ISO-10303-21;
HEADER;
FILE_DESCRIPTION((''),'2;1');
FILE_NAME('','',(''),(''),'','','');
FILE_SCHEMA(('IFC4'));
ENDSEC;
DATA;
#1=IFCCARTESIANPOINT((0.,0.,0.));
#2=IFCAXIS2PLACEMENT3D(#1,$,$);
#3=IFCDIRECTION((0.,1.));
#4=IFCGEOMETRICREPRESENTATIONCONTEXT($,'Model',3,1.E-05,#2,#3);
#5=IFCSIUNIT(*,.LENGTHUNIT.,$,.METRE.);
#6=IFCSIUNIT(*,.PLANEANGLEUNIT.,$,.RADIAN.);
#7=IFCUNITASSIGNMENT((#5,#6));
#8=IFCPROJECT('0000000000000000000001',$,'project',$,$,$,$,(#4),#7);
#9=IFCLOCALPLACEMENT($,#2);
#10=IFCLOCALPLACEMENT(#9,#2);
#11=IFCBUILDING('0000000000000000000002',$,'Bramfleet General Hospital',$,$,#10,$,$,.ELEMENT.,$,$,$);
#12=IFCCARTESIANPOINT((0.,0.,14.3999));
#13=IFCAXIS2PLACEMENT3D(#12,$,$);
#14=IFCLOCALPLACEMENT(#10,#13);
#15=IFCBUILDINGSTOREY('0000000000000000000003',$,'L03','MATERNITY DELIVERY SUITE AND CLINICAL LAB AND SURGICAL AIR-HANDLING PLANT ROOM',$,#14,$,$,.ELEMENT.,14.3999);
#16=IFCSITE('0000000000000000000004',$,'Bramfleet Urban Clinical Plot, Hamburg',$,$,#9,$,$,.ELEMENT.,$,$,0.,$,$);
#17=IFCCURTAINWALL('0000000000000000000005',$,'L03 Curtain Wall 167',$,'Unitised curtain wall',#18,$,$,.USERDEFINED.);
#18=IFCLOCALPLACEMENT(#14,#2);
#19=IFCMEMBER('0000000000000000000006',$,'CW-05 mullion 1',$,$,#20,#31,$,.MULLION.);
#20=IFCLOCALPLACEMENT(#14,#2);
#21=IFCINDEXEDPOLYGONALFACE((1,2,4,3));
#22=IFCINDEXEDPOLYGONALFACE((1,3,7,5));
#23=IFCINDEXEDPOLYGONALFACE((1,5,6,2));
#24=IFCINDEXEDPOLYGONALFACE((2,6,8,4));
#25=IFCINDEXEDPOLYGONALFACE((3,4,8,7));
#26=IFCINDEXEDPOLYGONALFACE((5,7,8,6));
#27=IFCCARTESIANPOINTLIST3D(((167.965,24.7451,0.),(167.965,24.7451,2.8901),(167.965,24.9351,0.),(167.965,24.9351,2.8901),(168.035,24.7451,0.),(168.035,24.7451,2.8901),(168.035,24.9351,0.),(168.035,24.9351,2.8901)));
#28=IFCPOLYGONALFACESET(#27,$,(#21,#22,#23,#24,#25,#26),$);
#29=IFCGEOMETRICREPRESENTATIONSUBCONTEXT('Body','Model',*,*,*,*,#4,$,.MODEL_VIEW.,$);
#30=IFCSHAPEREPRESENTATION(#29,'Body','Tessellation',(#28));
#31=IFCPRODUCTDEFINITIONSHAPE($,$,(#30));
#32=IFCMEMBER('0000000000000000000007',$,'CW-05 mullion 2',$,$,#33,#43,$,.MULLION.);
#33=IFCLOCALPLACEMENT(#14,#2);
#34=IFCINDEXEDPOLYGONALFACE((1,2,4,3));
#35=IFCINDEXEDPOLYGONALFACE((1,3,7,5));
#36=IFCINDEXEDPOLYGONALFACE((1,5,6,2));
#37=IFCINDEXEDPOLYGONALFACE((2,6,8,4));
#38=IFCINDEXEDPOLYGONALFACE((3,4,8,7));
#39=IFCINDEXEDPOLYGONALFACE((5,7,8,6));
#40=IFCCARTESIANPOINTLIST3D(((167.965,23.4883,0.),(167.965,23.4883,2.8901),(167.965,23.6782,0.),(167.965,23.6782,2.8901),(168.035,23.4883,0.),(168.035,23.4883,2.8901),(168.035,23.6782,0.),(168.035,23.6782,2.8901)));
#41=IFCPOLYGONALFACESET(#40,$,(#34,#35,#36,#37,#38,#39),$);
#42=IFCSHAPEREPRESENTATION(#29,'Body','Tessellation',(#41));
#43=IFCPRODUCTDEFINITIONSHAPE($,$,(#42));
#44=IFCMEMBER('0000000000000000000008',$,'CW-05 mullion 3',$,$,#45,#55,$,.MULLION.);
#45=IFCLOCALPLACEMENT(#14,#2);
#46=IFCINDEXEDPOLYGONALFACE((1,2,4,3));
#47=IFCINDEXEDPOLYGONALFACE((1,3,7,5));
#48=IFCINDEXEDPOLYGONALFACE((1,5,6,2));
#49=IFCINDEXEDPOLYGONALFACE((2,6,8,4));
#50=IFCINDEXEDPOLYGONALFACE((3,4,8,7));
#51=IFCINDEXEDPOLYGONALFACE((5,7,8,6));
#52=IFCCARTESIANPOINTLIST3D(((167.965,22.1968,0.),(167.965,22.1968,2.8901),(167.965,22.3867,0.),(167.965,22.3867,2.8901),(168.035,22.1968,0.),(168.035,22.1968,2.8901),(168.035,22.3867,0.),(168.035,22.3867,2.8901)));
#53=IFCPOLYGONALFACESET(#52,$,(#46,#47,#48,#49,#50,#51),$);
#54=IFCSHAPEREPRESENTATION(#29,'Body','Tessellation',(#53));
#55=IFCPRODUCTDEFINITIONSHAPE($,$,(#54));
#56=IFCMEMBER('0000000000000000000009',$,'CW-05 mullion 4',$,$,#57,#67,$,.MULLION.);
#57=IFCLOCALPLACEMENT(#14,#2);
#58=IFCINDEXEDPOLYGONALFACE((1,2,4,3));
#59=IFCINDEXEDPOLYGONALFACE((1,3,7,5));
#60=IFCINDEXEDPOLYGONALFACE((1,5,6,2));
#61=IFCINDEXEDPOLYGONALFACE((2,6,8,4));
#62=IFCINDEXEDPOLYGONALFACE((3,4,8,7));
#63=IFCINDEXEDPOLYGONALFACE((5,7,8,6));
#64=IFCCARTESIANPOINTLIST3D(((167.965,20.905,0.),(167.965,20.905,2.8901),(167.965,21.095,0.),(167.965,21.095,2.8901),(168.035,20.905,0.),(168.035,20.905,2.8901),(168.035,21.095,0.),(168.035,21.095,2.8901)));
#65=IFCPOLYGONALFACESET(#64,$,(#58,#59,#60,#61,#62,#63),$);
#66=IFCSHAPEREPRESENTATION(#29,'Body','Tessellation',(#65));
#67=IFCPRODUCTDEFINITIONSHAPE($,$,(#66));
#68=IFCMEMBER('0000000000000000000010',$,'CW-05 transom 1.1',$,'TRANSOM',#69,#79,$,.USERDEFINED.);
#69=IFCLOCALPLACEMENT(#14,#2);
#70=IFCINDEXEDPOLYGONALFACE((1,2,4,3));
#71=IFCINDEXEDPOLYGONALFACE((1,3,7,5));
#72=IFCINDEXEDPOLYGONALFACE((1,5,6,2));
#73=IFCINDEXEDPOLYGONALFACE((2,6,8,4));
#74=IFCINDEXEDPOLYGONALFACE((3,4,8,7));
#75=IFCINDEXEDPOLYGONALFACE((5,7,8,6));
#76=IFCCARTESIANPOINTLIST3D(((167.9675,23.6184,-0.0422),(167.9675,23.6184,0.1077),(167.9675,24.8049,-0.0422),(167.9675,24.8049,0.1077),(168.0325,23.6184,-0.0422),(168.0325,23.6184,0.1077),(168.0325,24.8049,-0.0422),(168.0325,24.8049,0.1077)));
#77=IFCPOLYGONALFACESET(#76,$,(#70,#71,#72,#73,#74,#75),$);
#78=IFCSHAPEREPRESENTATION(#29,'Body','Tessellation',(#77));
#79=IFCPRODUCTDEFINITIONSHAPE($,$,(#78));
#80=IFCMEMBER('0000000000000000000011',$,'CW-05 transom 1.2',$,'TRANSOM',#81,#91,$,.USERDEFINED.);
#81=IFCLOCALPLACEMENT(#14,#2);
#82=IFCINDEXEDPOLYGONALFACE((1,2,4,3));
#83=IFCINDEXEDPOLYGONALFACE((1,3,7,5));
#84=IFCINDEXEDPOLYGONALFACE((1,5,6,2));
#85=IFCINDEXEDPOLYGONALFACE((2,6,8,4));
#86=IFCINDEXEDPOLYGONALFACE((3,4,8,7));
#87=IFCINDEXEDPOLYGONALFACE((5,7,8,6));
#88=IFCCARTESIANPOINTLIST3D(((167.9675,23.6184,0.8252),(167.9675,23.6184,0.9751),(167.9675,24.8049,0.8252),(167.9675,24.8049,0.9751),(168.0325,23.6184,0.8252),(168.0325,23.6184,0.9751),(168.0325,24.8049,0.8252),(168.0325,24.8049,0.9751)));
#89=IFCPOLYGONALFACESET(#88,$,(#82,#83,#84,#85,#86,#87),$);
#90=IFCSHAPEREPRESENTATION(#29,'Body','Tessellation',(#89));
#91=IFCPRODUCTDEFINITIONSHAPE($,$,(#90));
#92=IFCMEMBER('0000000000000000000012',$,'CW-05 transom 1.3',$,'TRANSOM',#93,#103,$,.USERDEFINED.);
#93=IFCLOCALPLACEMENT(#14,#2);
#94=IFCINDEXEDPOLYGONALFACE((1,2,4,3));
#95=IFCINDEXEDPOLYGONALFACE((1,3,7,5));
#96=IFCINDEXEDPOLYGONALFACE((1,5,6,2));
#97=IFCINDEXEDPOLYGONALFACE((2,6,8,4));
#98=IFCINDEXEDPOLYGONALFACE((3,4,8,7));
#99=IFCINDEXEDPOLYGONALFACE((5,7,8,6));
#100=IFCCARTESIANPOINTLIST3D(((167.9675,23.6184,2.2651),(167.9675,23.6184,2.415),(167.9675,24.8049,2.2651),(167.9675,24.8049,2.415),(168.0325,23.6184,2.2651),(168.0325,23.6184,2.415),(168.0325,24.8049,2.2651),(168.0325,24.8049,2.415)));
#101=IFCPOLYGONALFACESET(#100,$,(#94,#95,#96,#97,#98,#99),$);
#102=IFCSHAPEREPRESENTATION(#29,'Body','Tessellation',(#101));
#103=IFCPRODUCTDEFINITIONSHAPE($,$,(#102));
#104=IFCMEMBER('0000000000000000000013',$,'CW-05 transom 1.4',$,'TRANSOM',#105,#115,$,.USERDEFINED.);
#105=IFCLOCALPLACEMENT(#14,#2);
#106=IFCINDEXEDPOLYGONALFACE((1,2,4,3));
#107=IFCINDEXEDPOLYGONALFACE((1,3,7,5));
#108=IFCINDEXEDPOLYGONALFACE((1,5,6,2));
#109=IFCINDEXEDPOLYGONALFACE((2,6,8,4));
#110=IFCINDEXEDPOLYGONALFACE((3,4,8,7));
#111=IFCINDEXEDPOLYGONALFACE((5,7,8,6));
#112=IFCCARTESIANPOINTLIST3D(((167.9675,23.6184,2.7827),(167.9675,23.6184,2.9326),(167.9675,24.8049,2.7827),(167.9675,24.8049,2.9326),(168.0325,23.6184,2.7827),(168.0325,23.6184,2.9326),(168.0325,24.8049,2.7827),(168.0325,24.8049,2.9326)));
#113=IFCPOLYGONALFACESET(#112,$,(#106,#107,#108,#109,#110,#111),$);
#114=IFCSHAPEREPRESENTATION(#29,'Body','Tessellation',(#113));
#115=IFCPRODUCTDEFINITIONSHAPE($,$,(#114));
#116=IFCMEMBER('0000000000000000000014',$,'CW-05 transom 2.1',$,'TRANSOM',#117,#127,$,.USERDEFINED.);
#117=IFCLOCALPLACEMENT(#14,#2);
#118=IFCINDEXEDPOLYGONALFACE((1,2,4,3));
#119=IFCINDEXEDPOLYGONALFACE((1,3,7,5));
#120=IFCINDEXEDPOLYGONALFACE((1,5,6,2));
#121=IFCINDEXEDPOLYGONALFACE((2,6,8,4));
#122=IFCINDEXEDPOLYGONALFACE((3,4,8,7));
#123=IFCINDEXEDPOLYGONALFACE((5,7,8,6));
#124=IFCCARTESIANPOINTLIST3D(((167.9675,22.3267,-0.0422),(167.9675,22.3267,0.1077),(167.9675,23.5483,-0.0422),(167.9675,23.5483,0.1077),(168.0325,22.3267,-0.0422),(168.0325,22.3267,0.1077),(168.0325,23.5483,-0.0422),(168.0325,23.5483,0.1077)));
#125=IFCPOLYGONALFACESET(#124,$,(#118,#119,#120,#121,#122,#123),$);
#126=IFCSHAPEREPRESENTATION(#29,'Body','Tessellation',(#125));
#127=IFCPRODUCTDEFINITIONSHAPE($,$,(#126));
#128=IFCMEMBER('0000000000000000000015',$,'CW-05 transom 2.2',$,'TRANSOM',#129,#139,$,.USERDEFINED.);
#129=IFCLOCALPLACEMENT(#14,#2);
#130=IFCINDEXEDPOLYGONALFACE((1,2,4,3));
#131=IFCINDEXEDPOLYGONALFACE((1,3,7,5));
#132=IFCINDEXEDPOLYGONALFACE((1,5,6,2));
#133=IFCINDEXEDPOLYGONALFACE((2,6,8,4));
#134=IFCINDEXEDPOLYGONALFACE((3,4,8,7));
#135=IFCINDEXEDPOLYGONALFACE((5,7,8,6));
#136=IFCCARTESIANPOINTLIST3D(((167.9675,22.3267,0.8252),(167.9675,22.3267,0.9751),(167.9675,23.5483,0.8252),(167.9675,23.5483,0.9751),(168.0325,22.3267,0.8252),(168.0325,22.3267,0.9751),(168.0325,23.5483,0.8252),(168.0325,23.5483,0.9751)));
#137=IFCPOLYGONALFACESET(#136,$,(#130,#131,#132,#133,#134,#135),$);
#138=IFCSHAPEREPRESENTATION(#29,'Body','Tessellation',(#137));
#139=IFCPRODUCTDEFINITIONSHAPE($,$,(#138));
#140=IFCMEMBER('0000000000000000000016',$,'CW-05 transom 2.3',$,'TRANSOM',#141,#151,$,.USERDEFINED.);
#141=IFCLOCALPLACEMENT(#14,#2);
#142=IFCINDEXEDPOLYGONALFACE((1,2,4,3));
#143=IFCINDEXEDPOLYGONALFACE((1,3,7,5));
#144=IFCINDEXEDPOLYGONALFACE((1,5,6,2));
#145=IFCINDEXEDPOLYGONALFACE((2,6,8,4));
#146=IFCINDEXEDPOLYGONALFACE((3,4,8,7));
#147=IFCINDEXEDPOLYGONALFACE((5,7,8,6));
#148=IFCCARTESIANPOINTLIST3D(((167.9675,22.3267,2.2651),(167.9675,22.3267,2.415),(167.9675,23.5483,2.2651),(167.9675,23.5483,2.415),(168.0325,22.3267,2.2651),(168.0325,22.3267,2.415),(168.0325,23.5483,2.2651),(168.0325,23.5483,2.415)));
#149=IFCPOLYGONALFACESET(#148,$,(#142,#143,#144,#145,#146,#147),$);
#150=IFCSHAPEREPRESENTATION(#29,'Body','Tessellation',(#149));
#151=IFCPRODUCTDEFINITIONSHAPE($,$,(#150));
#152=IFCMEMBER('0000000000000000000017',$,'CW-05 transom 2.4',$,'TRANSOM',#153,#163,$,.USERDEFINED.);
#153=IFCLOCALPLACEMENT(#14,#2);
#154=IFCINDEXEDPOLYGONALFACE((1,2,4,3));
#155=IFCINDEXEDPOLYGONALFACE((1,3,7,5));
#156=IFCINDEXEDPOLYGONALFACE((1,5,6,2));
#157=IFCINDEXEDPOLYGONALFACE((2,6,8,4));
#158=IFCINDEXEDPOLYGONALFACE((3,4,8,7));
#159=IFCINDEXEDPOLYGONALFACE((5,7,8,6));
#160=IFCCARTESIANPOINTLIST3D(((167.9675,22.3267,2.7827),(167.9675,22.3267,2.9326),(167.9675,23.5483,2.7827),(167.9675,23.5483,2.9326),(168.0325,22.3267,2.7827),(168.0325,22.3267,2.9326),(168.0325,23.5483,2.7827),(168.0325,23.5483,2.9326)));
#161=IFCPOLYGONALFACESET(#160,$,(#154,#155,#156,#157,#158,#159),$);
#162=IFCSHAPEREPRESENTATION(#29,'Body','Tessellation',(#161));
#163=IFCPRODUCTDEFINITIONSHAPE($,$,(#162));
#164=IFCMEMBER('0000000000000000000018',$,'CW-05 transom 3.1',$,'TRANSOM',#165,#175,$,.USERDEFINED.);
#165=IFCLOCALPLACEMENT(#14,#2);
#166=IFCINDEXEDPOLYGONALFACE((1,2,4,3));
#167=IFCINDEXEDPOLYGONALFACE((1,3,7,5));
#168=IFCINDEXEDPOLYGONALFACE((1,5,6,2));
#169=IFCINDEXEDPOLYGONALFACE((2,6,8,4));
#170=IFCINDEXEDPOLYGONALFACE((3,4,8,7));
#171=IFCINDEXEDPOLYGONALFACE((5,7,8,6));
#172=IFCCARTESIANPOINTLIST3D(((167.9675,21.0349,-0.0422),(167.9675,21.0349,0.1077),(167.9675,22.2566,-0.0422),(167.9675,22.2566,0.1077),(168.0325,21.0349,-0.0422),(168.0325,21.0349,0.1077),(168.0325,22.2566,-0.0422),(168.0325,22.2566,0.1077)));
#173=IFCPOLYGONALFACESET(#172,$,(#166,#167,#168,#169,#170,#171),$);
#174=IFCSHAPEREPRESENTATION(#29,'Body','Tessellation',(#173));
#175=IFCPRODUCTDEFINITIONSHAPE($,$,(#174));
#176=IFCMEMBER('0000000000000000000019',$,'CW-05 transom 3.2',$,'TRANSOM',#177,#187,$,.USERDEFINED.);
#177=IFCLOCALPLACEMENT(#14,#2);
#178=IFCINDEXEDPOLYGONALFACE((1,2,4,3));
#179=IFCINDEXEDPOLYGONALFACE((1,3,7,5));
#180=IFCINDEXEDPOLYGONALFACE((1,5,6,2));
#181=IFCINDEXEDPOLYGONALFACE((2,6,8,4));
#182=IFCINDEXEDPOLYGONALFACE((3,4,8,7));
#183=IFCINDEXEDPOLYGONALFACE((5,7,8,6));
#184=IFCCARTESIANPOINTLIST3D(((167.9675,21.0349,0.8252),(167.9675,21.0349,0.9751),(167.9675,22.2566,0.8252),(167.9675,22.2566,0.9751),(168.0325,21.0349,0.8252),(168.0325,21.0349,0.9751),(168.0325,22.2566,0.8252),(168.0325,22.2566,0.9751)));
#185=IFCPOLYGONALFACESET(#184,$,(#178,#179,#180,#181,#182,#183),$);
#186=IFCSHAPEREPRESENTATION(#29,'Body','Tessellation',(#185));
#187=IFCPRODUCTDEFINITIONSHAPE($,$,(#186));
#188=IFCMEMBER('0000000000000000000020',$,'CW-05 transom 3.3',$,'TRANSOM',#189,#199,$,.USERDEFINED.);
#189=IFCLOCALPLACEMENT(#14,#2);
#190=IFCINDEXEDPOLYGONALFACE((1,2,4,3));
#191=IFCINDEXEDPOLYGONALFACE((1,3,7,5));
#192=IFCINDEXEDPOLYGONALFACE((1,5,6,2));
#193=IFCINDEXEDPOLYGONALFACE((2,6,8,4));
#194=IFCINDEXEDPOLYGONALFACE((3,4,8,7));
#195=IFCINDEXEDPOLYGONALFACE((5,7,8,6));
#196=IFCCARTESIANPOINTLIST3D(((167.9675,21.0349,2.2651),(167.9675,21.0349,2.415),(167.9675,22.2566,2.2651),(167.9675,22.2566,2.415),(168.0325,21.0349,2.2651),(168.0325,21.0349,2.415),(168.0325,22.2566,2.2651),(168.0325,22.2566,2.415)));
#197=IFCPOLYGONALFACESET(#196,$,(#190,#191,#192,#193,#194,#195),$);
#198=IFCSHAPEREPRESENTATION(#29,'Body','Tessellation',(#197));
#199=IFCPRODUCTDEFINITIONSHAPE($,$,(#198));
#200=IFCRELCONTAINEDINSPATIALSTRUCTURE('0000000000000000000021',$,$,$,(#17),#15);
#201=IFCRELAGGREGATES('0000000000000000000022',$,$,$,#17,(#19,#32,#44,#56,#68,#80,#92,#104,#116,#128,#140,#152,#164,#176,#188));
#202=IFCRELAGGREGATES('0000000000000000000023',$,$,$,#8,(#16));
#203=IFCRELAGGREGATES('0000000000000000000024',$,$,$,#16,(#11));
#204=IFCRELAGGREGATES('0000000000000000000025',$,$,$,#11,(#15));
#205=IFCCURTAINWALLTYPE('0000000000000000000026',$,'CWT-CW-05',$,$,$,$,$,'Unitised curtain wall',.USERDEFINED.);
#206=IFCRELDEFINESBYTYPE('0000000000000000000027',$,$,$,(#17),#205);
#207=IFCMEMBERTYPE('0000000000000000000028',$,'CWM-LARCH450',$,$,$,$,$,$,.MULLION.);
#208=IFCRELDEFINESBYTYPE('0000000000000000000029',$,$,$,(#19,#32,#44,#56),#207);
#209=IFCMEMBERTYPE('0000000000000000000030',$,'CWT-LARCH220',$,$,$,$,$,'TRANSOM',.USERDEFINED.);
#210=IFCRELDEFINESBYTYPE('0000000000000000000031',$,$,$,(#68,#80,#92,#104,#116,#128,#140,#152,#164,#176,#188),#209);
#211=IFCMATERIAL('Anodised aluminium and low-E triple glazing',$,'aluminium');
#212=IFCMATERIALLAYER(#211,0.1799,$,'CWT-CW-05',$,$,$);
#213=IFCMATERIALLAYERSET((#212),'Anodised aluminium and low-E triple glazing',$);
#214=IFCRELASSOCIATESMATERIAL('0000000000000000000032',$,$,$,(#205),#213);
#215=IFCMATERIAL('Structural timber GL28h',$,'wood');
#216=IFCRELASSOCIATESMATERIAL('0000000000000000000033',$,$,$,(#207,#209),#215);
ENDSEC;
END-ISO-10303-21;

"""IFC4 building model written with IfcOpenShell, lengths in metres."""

from ifc_helpers import new_model, si_unit, direction, frame, origin, origin_2d, place, context, subcontext, project, spatial, rectangle, extrude, material, layer, layer_set, material_profile, profile_set, type_object, element, aggregate, save


model = new_model("IFC4")

# Units and contexts
model_context = context("Model", 3, precision=1e-05, world=origin(), true_north=direction((0.0, 1.0)))
body_context = subcontext(model_context, "Body", "Model", "MODEL_VIEW")
ifc_project = project(units=[si_unit("LENGTHUNIT", "METRE"), si_unit("PLANEANGLEUNIT", "RADIAN")], contexts=[model_context])

# Site, building, storey
site_placement = place(None, origin())
site = spatial("IfcSite", under=ifc_project, at=site_placement, Name="Bramfleet Urban Clinical Plot, Hamburg", CompositionType="ELEMENT", RefElevation=0.0)
building_placement = place(site_placement, origin())
building = spatial("IfcBuilding", under=site, at=building_placement, Name="Bramfleet General Hospital", CompositionType="ELEMENT")
storey_placement = place(building_placement, frame((0.0, 0.0, 14.3999)))
storey = spatial("IfcBuildingStorey", under=building, at=storey_placement, Name="L03", Description="MATERNITY DELIVERY SUITE AND CLINICAL LAB AND SURGICAL AIR-HANDLING PLANT ROOM", CompositionType="ELEMENT", Elevation=14.3999)

# Curtain wall, members
ifc_material_1 = material(Name="Anodised aluminium and low-E triple glazing", Category="aluminium")
ifc_layer_1 = layer(ifc_material_1, 0.1799, Name="CWT-CW-05")
ifc_layer_set_1 = layer_set([ifc_layer_1], Name="Anodised aluminium and low-E triple glazing")
curtain_wall_type = type_object("IfcCurtainWallType", Name="CWT-CW-05", ElementType="Unitised curtain wall", PredefinedType="USERDEFINED", material=ifc_layer_set_1)
curtain_wall_placement = place(storey_placement, origin())
curtain_wall = element("IfcCurtainWall", 1, at=curtain_wall_placement, inside=storey, type_object=curtain_wall_type, Name="L03 Curtain Wall 167", ObjectType="Unitised curtain wall", PredefinedType="USERDEFINED")
ifc_material_2 = material(Name="Structural timber GL28h", Category="wood")
ifc_material_profile_1 = material_profile(ifc_material_2, rectangle(XDim=0.0701, YDim=0.1899, at=origin_2d()), Name="LARCH 190x70")
ifc_profile_set_1 = profile_set([ifc_material_profile_1], Name="Structural timber GL28h")
member_type_1 = type_object("IfcMemberType", Name="CWM-LARCH450", PredefinedType="MULLION", material=ifc_profile_set_1)
member_1_placement = place(storey_placement, frame((168.0, 24.8401, 0.0), z_axis=(0.0, 0.0, 1.0), x_axis=(1.0, 0.0, 0.0)))
member_1 = element("IfcMember", 2, at=member_1_placement, type_object=member_type_1, Name="CW-05 mullion 1", PredefinedType="MULLION", context=body_context, shape_type="SweptSolid", body=[
    extrude(rectangle(XDim=0.0701, YDim=0.1899, at=origin_2d()), origin(), (0.0, 0.0, 1.0), 2.8901),
])
member_2_placement = place(storey_placement, frame((168.0, 23.5833, 0.0), z_axis=(0.0, 0.0, 1.0), x_axis=(1.0, 0.0, 0.0)))
member_2 = element("IfcMember", 3, at=member_2_placement, type_object=member_type_1, Name="CW-05 mullion 2", PredefinedType="MULLION", context=body_context, shape_type="SweptSolid", body=[
    extrude(rectangle(XDim=0.0701, YDim=0.1899, at=origin_2d()), origin(), (0.0, 0.0, 1.0), 2.8901),
])
member_3_placement = place(storey_placement, frame((168.0, 22.2917, 0.0), z_axis=(0.0, 0.0, 1.0), x_axis=(1.0, 0.0, 0.0)))
member_3 = element("IfcMember", 4, at=member_3_placement, type_object=member_type_1, Name="CW-05 mullion 3", PredefinedType="MULLION", context=body_context, shape_type="SweptSolid", body=[
    extrude(rectangle(XDim=0.0701, YDim=0.1899, at=origin_2d()), origin(), (0.0, 0.0, 1.0), 2.8901),
])
member_4_placement = place(storey_placement, frame((168.0, 21.0, 0.0), z_axis=(0.0, 0.0, 1.0), x_axis=(1.0, 0.0, 0.0)))
member_4 = element("IfcMember", 5, at=member_4_placement, type_object=member_type_1, Name="CW-05 mullion 4", PredefinedType="MULLION", context=body_context, shape_type="SweptSolid", body=[
    extrude(rectangle(XDim=0.0701, YDim=0.1899, at=origin_2d()), origin(), (0.0, 0.0, 1.0), 2.8901),
])
ifc_material_profile_2 = material_profile(ifc_material_2, rectangle(XDim=0.0649, YDim=0.1499, at=origin_2d()), Name="LARCH 150x65")
ifc_profile_set_2 = profile_set([ifc_material_profile_2], Name="Structural timber GL28h")
member_type_2 = type_object("IfcMemberType", Name="CWT-LARCH220", ElementType="TRANSOM", PredefinedType="USERDEFINED", material=ifc_profile_set_2)
member_5_placement = place(storey_placement, frame((168.0, 24.8049, 0.0327), z_axis=(0.0, -1.0, 0.0), x_axis=(1.0, 0.0, 0.0)))
member_5 = element("IfcMember", 6, at=member_5_placement, type_object=member_type_2, Name="CW-05 transom 1.1", ObjectType="TRANSOM", PredefinedType="USERDEFINED", context=body_context, shape_type="SweptSolid", body=[
    extrude(rectangle(XDim=0.0649, YDim=0.1499, at=origin_2d()), origin(), (0.0, 0.0, 1.0), 1.1865),
])
member_6_placement = place(storey_placement, frame((168.0, 24.8049, 0.9001), z_axis=(0.0, -1.0, 0.0), x_axis=(1.0, 0.0, 0.0)))
member_6 = element("IfcMember", 7, at=member_6_placement, type_object=member_type_2, Name="CW-05 transom 1.2", ObjectType="TRANSOM", PredefinedType="USERDEFINED", context=body_context, shape_type="SweptSolid", body=[
    extrude(rectangle(XDim=0.0649, YDim=0.1499, at=origin_2d()), origin(), (0.0, 0.0, 1.0), 1.1865),
])
member_7_placement = place(storey_placement, frame((168.0, 24.8049, 2.3401), z_axis=(0.0, -1.0, 0.0), x_axis=(1.0, 0.0, 0.0)))
member_7 = element("IfcMember", 8, at=member_7_placement, type_object=member_type_2, Name="CW-05 transom 1.3", ObjectType="TRANSOM", PredefinedType="USERDEFINED", context=body_context, shape_type="SweptSolid", body=[
    extrude(rectangle(XDim=0.0649, YDim=0.1499, at=origin_2d()), origin(), (0.0, 0.0, 1.0), 1.1865),
])
member_8_placement = place(storey_placement, frame((168.0, 24.8049, 2.8577), z_axis=(0.0, -1.0, 0.0), x_axis=(1.0, 0.0, 0.0)))
member_8 = element("IfcMember", 9, at=member_8_placement, type_object=member_type_2, Name="CW-05 transom 1.4", ObjectType="TRANSOM", PredefinedType="USERDEFINED", context=body_context, shape_type="SweptSolid", body=[
    extrude(rectangle(XDim=0.0649, YDim=0.1499, at=origin_2d()), origin(), (0.0, 0.0, 1.0), 1.1865),
])
member_9_placement = place(storey_placement, frame((168.0, 23.5483, 0.0327), z_axis=(0.0, -1.0, 0.0), x_axis=(1.0, 0.0, 0.0)))
member_9 = element("IfcMember", 10, at=member_9_placement, type_object=member_type_2, Name="CW-05 transom 2.1", ObjectType="TRANSOM", PredefinedType="USERDEFINED", context=body_context, shape_type="SweptSolid", body=[
    extrude(rectangle(XDim=0.0649, YDim=0.1499, at=origin_2d()), origin(), (0.0, 0.0, 1.0), 1.2217),
])
member_10_placement = place(storey_placement, frame((168.0, 23.5483, 0.9001), z_axis=(0.0, -1.0, 0.0), x_axis=(1.0, 0.0, 0.0)))
member_10 = element("IfcMember", 11, at=member_10_placement, type_object=member_type_2, Name="CW-05 transom 2.2", ObjectType="TRANSOM", PredefinedType="USERDEFINED", context=body_context, shape_type="SweptSolid", body=[
    extrude(rectangle(XDim=0.0649, YDim=0.1499, at=origin_2d()), origin(), (0.0, 0.0, 1.0), 1.2217),
])
member_11_placement = place(storey_placement, frame((168.0, 23.5483, 2.3401), z_axis=(0.0, -1.0, 0.0), x_axis=(1.0, 0.0, 0.0)))
member_11 = element("IfcMember", 12, at=member_11_placement, type_object=member_type_2, Name="CW-05 transom 2.3", ObjectType="TRANSOM", PredefinedType="USERDEFINED", context=body_context, shape_type="SweptSolid", body=[
    extrude(rectangle(XDim=0.0649, YDim=0.1499, at=origin_2d()), origin(), (0.0, 0.0, 1.0), 1.2217),
])
member_12_placement = place(storey_placement, frame((168.0, 23.5483, 2.8577), z_axis=(0.0, -1.0, 0.0), x_axis=(1.0, 0.0, 0.0)))
member_12 = element("IfcMember", 13, at=member_12_placement, type_object=member_type_2, Name="CW-05 transom 2.4", ObjectType="TRANSOM", PredefinedType="USERDEFINED", context=body_context, shape_type="SweptSolid", body=[
    extrude(rectangle(XDim=0.0649, YDim=0.1499, at=origin_2d()), origin(), (0.0, 0.0, 1.0), 1.2217),
])
member_13_placement = place(storey_placement, frame((168.0, 22.2566, 0.0327), z_axis=(0.0, -1.0, 0.0), x_axis=(1.0, 0.0, 0.0)))
member_13 = element("IfcMember", 14, at=member_13_placement, type_object=member_type_2, Name="CW-05 transom 3.1", ObjectType="TRANSOM", PredefinedType="USERDEFINED", context=body_context, shape_type="SweptSolid", body=[
    extrude(rectangle(XDim=0.0649, YDim=0.1499, at=origin_2d()), origin(), (0.0, 0.0, 1.0), 1.2217),
])
member_14_placement = place(storey_placement, frame((168.0, 22.2566, 0.9001), z_axis=(0.0, -1.0, 0.0), x_axis=(1.0, 0.0, 0.0)))
member_14 = element("IfcMember", 15, at=member_14_placement, type_object=member_type_2, Name="CW-05 transom 3.2", ObjectType="TRANSOM", PredefinedType="USERDEFINED", context=body_context, shape_type="SweptSolid", body=[
    extrude(rectangle(XDim=0.0649, YDim=0.1499, at=origin_2d()), origin(), (0.0, 0.0, 1.0), 1.2217),
])
member_15_placement = place(storey_placement, frame((168.0, 22.2566, 2.3401), z_axis=(0.0, -1.0, 0.0), x_axis=(1.0, 0.0, 0.0)))
member_15 = element("IfcMember", 16, at=member_15_placement, type_object=member_type_2, Name="CW-05 transom 3.3", ObjectType="TRANSOM", PredefinedType="USERDEFINED", context=body_context, shape_type="SweptSolid", body=[
    extrude(rectangle(XDim=0.0649, YDim=0.1499, at=origin_2d()), origin(), (0.0, 0.0, 1.0), 1.2217),
])
aggregate(curtain_wall, [member_1, member_2, member_3, member_4, member_5, member_6, member_7, member_8, member_9, member_10, member_11, member_12, member_13, member_14, member_15])

save(model, "model.ifc")
